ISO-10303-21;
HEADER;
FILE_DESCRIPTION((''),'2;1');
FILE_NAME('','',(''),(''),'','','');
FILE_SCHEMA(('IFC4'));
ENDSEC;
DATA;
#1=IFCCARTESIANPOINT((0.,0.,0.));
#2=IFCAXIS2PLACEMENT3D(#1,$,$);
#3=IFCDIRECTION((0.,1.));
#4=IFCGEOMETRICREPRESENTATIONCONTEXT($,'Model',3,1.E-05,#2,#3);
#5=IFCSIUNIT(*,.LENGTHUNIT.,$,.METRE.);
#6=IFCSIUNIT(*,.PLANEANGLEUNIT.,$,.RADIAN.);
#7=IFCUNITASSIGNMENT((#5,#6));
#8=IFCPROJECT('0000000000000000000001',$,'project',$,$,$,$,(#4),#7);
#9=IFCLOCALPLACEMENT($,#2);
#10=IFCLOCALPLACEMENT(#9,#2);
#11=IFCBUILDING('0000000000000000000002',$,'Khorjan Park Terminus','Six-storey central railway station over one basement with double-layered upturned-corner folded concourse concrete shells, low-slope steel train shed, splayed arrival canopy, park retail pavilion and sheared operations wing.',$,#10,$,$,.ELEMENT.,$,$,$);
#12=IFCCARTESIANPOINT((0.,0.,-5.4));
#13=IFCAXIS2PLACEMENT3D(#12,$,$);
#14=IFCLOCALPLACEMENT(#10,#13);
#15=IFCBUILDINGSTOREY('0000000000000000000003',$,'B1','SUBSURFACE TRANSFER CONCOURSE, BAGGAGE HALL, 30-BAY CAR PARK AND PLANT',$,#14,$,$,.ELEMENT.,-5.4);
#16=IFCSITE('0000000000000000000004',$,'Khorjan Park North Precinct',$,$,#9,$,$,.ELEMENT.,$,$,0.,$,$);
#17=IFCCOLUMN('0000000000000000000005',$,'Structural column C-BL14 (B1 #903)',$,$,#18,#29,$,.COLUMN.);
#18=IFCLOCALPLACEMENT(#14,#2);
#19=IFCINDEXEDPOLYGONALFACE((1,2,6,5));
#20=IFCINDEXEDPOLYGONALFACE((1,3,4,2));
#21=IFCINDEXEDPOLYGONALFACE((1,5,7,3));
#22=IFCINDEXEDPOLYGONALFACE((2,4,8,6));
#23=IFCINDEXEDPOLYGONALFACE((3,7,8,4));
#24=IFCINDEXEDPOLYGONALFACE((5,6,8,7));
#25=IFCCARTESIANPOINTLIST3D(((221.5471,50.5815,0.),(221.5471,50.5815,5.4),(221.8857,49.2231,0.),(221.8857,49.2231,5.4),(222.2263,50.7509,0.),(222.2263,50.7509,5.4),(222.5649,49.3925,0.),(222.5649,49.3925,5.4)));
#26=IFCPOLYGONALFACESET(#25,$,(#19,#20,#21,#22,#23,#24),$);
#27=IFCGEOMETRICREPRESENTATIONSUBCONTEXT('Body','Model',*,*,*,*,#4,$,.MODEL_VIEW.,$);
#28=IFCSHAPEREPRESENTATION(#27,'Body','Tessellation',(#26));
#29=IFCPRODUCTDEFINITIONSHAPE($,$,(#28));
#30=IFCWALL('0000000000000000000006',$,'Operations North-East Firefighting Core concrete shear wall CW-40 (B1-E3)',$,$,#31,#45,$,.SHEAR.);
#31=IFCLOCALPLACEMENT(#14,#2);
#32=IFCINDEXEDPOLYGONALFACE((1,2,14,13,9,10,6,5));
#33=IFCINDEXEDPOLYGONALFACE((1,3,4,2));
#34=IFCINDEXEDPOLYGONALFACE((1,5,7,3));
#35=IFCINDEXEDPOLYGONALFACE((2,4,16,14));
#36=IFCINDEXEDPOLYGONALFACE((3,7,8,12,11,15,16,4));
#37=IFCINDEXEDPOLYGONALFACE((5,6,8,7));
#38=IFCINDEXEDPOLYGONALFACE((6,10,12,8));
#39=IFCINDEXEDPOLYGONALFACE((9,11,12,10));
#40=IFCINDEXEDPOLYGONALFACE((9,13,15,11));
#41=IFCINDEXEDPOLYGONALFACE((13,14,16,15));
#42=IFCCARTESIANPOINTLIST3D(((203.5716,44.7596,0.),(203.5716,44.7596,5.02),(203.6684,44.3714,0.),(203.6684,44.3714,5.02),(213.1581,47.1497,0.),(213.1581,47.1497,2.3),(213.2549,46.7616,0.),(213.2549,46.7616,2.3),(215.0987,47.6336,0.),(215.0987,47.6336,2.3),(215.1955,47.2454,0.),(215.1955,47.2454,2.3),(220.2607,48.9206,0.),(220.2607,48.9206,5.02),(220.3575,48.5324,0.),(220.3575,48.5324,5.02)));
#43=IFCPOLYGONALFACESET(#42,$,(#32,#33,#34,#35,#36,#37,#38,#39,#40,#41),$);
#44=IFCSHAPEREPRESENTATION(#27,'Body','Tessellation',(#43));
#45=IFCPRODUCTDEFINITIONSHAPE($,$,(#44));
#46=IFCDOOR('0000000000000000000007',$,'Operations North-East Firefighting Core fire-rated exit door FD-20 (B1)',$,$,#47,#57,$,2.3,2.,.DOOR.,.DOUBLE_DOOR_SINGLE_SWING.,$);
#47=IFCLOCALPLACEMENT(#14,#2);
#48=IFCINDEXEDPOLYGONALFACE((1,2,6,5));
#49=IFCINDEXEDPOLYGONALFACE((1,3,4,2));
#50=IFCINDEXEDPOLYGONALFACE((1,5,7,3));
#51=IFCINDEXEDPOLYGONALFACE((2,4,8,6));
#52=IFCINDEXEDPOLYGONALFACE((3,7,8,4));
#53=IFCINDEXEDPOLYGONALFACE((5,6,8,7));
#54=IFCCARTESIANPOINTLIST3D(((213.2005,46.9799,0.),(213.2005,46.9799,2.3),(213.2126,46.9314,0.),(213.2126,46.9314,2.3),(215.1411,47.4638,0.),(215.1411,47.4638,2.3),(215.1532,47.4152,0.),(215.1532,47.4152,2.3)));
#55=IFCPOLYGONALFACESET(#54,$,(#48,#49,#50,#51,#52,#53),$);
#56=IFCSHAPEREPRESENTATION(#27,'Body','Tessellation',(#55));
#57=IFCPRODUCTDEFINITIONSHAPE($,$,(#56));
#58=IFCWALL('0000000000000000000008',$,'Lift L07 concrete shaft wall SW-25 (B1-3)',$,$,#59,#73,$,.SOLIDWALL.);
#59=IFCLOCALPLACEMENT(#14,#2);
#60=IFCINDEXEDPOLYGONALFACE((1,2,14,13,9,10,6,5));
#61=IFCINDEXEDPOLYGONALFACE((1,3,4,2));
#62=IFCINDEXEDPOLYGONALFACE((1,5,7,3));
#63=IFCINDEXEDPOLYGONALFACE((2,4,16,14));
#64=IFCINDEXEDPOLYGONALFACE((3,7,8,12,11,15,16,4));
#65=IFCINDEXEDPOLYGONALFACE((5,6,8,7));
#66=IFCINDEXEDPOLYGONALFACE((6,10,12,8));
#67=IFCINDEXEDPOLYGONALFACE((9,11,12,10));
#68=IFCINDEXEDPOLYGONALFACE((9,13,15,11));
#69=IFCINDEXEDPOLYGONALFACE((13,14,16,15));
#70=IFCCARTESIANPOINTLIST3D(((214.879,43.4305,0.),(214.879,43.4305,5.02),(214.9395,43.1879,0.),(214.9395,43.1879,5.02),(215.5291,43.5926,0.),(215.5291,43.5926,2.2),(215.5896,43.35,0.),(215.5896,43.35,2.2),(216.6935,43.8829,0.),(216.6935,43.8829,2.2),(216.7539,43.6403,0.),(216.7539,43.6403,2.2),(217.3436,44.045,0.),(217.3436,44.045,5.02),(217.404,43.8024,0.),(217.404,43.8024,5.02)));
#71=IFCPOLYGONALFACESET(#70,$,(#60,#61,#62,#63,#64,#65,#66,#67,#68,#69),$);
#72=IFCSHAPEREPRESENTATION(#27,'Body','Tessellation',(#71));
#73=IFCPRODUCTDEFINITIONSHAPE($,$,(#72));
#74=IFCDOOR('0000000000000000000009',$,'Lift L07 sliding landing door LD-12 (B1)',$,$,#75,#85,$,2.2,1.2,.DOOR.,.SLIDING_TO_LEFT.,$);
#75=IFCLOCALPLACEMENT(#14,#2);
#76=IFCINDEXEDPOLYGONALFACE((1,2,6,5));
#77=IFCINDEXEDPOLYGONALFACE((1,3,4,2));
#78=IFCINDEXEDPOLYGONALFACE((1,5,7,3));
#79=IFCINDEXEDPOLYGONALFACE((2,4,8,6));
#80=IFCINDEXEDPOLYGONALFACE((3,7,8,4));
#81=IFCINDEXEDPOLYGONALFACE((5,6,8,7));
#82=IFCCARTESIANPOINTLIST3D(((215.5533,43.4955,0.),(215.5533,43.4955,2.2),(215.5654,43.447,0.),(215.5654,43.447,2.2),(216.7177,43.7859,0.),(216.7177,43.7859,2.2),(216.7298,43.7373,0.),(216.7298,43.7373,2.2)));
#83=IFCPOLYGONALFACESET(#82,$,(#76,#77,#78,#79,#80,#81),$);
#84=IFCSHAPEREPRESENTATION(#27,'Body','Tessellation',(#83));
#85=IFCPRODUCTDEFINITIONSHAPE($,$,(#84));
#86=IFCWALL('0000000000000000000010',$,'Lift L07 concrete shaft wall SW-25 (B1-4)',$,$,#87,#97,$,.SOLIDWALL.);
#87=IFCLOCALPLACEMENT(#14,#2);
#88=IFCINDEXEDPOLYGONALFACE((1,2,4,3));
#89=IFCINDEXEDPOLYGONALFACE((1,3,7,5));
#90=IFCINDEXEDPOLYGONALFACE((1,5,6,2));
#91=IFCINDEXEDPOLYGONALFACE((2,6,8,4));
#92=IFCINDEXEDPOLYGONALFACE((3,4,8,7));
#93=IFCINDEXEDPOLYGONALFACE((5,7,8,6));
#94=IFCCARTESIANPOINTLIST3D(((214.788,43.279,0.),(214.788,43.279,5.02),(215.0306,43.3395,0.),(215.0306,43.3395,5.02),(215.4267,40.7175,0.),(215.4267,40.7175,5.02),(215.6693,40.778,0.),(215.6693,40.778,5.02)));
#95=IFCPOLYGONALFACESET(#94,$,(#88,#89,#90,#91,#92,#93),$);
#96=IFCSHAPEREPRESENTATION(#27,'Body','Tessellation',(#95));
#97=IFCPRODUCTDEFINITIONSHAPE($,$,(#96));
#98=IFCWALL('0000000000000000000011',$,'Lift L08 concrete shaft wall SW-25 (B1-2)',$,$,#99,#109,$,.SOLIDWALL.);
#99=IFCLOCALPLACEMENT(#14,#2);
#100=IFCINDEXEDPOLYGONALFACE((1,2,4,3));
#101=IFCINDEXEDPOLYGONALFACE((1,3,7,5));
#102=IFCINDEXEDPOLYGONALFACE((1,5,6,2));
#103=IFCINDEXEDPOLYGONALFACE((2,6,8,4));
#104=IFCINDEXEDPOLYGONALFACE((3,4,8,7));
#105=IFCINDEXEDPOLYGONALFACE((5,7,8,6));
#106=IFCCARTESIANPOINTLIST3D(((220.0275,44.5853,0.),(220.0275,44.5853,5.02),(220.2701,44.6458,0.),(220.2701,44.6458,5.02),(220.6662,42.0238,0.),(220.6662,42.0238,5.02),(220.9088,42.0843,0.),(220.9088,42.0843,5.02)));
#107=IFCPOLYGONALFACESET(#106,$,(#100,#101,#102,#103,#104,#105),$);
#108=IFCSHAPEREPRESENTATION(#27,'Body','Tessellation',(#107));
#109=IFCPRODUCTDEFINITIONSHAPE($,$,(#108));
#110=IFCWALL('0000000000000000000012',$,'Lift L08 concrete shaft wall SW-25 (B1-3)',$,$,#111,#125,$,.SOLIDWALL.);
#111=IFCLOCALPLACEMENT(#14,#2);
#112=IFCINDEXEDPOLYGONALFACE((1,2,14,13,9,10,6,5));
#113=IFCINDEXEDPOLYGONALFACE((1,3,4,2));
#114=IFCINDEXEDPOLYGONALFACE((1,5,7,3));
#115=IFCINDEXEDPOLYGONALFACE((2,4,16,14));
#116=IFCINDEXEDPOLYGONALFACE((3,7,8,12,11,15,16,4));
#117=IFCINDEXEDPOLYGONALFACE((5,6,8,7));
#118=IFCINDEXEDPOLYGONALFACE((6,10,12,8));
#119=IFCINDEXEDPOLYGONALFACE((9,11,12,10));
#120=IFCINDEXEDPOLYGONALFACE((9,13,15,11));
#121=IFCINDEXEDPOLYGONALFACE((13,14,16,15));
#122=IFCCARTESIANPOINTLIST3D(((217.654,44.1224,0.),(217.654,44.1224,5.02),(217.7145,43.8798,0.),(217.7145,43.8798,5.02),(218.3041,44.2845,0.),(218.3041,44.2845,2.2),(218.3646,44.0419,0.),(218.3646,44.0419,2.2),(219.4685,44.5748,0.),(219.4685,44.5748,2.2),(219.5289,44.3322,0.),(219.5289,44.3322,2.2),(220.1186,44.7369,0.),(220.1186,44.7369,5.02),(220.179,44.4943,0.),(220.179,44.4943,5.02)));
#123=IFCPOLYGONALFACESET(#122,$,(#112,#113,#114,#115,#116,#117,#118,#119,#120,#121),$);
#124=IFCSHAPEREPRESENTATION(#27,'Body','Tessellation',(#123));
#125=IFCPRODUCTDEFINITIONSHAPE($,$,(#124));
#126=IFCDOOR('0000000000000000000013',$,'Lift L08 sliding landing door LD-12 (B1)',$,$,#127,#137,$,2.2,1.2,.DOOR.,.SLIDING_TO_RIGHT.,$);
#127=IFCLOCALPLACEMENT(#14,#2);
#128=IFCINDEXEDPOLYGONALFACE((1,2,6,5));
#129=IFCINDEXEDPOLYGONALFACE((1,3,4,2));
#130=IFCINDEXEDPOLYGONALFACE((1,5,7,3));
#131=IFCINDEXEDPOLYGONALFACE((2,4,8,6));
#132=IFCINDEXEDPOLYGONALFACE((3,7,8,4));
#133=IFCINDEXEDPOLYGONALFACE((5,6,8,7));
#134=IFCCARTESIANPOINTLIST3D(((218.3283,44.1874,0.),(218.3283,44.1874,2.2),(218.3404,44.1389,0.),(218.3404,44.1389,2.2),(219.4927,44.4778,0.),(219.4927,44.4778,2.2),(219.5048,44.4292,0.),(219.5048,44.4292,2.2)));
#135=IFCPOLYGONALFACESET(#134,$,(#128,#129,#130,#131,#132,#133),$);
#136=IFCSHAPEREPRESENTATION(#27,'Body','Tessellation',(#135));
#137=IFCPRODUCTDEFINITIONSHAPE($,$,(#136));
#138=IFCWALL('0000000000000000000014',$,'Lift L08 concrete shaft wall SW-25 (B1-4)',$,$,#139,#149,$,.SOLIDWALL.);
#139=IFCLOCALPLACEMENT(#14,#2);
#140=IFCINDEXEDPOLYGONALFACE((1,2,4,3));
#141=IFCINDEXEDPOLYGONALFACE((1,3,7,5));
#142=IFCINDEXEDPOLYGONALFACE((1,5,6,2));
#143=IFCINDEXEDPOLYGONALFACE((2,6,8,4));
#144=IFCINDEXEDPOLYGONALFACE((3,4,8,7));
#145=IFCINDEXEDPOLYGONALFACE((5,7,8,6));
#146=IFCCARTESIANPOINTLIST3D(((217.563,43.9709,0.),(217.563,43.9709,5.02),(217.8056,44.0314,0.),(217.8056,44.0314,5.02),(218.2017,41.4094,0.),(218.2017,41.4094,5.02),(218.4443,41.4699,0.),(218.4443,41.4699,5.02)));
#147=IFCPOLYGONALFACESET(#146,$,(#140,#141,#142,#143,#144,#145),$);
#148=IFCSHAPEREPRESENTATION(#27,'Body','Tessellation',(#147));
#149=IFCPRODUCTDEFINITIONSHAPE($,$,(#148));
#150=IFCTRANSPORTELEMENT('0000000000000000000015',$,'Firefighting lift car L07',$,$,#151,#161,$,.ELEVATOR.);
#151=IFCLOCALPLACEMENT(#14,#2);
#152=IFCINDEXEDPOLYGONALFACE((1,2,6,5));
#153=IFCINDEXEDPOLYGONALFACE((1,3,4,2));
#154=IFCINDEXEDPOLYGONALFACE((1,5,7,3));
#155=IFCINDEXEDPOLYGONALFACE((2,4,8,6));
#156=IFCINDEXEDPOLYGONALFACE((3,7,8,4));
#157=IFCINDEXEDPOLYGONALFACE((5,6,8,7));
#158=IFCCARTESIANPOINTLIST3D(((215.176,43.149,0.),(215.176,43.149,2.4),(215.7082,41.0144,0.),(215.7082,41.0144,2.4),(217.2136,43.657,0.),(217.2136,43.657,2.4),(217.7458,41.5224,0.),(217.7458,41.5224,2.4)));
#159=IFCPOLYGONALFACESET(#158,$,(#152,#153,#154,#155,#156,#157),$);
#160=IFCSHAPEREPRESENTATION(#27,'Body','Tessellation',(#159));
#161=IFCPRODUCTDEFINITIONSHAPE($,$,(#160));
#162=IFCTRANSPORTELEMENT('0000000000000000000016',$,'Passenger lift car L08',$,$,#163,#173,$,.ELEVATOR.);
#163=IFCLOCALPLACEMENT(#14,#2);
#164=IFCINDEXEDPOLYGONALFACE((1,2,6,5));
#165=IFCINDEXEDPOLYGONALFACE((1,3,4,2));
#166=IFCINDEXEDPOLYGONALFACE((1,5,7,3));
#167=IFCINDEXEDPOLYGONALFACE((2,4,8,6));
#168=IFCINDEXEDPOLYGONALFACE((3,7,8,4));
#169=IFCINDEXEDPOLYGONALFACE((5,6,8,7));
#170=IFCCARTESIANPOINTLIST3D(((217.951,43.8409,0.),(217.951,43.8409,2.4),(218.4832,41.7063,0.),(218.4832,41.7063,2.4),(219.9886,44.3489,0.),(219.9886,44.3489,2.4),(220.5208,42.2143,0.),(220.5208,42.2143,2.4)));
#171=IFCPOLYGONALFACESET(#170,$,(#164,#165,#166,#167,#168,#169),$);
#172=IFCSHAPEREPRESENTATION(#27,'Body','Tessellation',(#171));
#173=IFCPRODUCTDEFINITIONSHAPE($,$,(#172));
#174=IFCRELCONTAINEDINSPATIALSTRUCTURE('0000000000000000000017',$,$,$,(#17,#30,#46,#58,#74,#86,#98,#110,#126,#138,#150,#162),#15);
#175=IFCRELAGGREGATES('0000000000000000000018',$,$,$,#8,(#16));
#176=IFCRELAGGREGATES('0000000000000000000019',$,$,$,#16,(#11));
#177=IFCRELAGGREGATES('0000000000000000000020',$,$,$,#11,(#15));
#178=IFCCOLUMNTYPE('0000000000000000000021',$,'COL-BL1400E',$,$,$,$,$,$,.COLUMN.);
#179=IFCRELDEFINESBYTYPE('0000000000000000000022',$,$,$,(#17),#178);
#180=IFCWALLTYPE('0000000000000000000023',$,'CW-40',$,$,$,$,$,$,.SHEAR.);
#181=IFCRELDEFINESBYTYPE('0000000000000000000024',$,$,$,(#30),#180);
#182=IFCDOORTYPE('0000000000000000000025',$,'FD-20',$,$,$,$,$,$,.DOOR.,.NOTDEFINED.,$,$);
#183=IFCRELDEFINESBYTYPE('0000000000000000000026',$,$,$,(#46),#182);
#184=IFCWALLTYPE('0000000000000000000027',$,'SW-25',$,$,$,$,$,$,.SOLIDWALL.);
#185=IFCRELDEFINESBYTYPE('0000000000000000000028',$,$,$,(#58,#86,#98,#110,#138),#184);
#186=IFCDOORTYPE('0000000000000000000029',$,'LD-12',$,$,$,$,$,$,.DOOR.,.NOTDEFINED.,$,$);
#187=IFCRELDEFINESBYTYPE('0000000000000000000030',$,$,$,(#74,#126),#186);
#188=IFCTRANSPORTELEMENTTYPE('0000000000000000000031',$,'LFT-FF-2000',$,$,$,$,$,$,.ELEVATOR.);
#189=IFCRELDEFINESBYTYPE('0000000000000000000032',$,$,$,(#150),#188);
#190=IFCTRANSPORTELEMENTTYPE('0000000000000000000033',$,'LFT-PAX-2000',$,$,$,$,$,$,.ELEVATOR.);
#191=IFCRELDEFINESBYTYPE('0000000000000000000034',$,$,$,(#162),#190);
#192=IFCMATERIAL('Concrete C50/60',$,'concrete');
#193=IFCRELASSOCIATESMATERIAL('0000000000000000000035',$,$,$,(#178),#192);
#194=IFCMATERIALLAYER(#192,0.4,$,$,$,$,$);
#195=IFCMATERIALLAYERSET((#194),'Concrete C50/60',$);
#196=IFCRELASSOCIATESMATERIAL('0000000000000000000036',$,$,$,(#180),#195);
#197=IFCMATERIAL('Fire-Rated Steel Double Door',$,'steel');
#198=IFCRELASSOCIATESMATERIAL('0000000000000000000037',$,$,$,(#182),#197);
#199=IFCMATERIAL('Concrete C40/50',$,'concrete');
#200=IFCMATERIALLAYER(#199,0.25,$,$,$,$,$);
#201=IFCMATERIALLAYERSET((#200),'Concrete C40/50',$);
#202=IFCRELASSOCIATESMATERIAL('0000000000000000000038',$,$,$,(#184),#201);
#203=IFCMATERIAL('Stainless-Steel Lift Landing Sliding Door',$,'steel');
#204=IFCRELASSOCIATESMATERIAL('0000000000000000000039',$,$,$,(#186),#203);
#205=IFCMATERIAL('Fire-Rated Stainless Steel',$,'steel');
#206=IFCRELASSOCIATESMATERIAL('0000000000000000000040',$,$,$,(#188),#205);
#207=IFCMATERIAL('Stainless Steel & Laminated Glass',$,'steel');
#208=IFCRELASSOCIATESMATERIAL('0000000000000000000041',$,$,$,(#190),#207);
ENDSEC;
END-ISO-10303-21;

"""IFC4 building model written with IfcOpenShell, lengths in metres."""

from ifc_helpers import new_model, si_unit, direction, frame, frame_2d, origin, origin_2d, place, context, subcontext, project, spatial, rectangle, extrude, material, layer, layer_set, material_profile, profile_set, type_object, element, fill, save


model = new_model("IFC4")

# Units and contexts
model_context = context("Model", 3, precision=1e-05, world=origin(), true_north=direction((0.0, 1.0)))
body_context = subcontext(model_context, "Body", "Model", "MODEL_VIEW")
ifc_project = project(units=[si_unit("LENGTHUNIT", "METRE"), si_unit("PLANEANGLEUNIT", "RADIAN")], contexts=[model_context])

# Site, building, storey
site_placement = place(None, origin())
site = spatial("IfcSite", under=ifc_project, at=site_placement, Name="Khorjan Park North Precinct", CompositionType="ELEMENT", RefElevation=0.0)
building_placement = place(site_placement, origin())
building = spatial("IfcBuilding", under=site, at=building_placement, Name="Khorjan Park Terminus", Description="Six-storey central railway station over one basement with double-layered upturned-corner folded concourse concrete shells, low-slope steel train shed, splayed arrival canopy, park retail pavilion and sheared operations wing.", CompositionType="ELEMENT")
storey_placement = place(building_placement, frame((0.0, 0.0, -5.4)))
storey = spatial("IfcBuildingStorey", under=building, at=storey_placement, Name="B1", Description="SUBSURFACE TRANSFER CONCOURSE, BAGGAGE HALL, 30-BAY CAR PARK AND PLANT", CompositionType="ELEMENT", Elevation=-5.4)

# Shared definitions
ifc_material_1 = material(Name="Concrete C40/50", Category="concrete")

# Column
ifc_material_2 = material(Name="Concrete C50/60", Category="concrete")
ifc_material_profile_1 = material_profile(ifc_material_2, rectangle(XDim=0.7, YDim=1.4, at=origin_2d()), Name="RC 700x1400")
ifc_profile_set_1 = profile_set([ifc_material_profile_1], Name="Concrete C50/60")
column_type = type_object("IfcColumnType", Name="COL-BL1400E", PredefinedType="COLUMN", material=ifc_profile_set_1)
column_placement = place(storey_placement, frame((222.056, 49.987, 0.0), z_axis=(0.0, 0.0, 1.0), x_axis=(0.970296, 0.241922, 0.0)))
element("IfcColumn", 1, at=column_placement, inside=storey, type_object=column_type, Name="Structural column C-BL14 (B1 #903)", PredefinedType="COLUMN", context=body_context, shape_type="SweptSolid", body=[
    extrude(rectangle(XDim=0.7, YDim=1.4, at=origin_2d()), origin(), (0.0, 0.0, 1.0), 5.4),
])

# Walls, openings, doors
ifc_layer_1 = layer(ifc_material_2, 0.4)
ifc_layer_set_1 = layer_set([ifc_layer_1], Name="Concrete C50/60")
wall_type_1 = type_object("IfcWallType", Name="CW-40", PredefinedType="SHEAR", material=ifc_layer_set_1)
wall_1_placement = place(storey_placement, frame((220.3091, 48.7265, 0.0), z_axis=(0.0, 0.0, 1.0), x_axis=(-0.970297, -0.241919, 0.0)))
wall_1 = element("IfcWall", 2, at=wall_1_placement, inside=storey, type_object=wall_type_1, Name="Operations North-East Firefighting Core concrete shear wall CW-40 (B1-E3)", PredefinedType="SHEAR", context=body_context, shape_type="SweptSolid", body=[
    extrude(rectangle(XDim=17.2, YDim=0.4, at=frame_2d((8.6, 0.0))), origin(), (0.0, 0.0, 1.0), 5.02),
])
opening_1_placement = place(wall_1_placement, frame((5.32, 0.0, 0.0)))
opening_1 = element("IfcOpeningElement", 3, at=opening_1_placement, cuts=wall_1, PredefinedType="OPENING", context=body_context, shape_type="SweptSolid", body=[
    extrude(rectangle(XDim=2.0, YDim=2.3, at=frame_2d((1.0, 1.15))), frame((0.0, 0.21, 0.0), z_axis=(0.0, -1.0, 0.0), x_axis=(1.0, 0.0, 0.0)), (0.0, 0.0, 1.0), 0.42),
])
ifc_material_3 = material(Name="Fire-Rated Steel Double Door", Category="steel")
door_type_1 = type_object("IfcDoorType", Name="FD-20", OperationType="NOTDEFINED", PredefinedType="DOOR", material=ifc_material_3)
door_1_placement = place(opening_1_placement, origin())
door_1 = element("IfcDoor", 4, at=door_1_placement, inside=storey, type_object=door_type_1, Name="Operations North-East Firefighting Core fire-rated exit door FD-20 (B1)", OperationType="DOUBLE_DOOR_SINGLE_SWING", OverallHeight=2.3, OverallWidth=2.0, PredefinedType="DOOR", context=body_context, shape_type="SweptSolid", body=[
    extrude(rectangle(XDim=2.0, YDim=2.3, at=frame_2d((1.0, 1.15))), frame((0.0, 0.025, 0.0), z_axis=(0.0, -1.0, 0.0), x_axis=(1.0, 0.0, 0.0)), (0.0, 0.0, 1.0), 0.05),
])
fill(opening_1, door_1)
ifc_layer_2 = layer(ifc_material_1, 0.25)
ifc_layer_set_2 = layer_set([ifc_layer_2], Name="Concrete C40/50")
wall_type_2 = type_object("IfcWallType", Name="SW-25", PredefinedType="SOLIDWALL", material=ifc_layer_set_2)
wall_2_placement = place(storey_placement, frame((217.3738, 43.9237, 0.0), z_axis=(0.0, 0.0, 1.0), x_axis=(-0.970293, -0.241933, 0.0)))
wall_2 = element("IfcWall", 5, at=wall_2_placement, inside=storey, type_object=wall_type_2, Name="Lift L07 concrete shaft wall SW-25 (B1-3)", PredefinedType="SOLIDWALL", context=body_context, shape_type="SweptSolid", body=[
    extrude(rectangle(XDim=2.54, YDim=0.25, at=frame_2d((1.27, 0.0))), origin(), (0.0, 0.0, 1.0), 5.02),
])
opening_2_placement = place(wall_2_placement, frame((0.67, 0.0, 0.0)))
opening_2 = element("IfcOpeningElement", 6, at=opening_2_placement, cuts=wall_2, PredefinedType="OPENING", context=body_context, shape_type="SweptSolid", body=[
    extrude(rectangle(XDim=1.2, YDim=2.2, at=frame_2d((0.6, 1.1))), frame((0.0, 0.135, 0.0), z_axis=(0.0, -1.0, 0.0), x_axis=(1.0, 0.0, 0.0)), (0.0, 0.0, 1.0), 0.27),
])
ifc_material_4 = material(Name="Stainless-Steel Lift Landing Sliding Door", Category="steel")
door_type_2 = type_object("IfcDoorType", Name="LD-12", OperationType="NOTDEFINED", PredefinedType="DOOR", material=ifc_material_4)
door_2_placement = place(opening_2_placement, origin())
door_2 = element("IfcDoor", 7, at=door_2_placement, inside=storey, type_object=door_type_2, Name="Lift L07 sliding landing door LD-12 (B1)", OperationType="SLIDING_TO_LEFT", OverallHeight=2.2, OverallWidth=1.2, PredefinedType="DOOR", context=body_context, shape_type="SweptSolid", body=[
    extrude(rectangle(XDim=1.2, YDim=2.2, at=frame_2d((0.6, 1.1))), frame((0.0, 0.025, 0.0), z_axis=(0.0, -1.0, 0.0), x_axis=(1.0, 0.0, 0.0)), (0.0, 0.0, 1.0), 0.05),
])
fill(opening_2, door_2)

# Walls
for number, where, z_axis, x_axis, name in (
    (8, (214.9093, 43.3092, 0.0), (0.0, 0.0, 1.0), (0.241938, -0.970292, 0.0), "Lift L07 concrete shaft wall SW-25 (B1-4)"),
    (9, (220.7875, 42.0541, 0.0), (0.0, 0.0, 1.0), (-0.241938, 0.970292, 0.0), "Lift L08 concrete shaft wall SW-25 (B1-2)"),
):
    element("IfcWall", number, at=place(storey_placement, frame(where, z_axis=z_axis, x_axis=x_axis)), inside=storey, type_object=wall_type_2, Name=name, PredefinedType="SOLIDWALL", context=body_context, shape_type="SweptSolid", body=[
        extrude(rectangle(XDim=2.6399, YDim=0.25, at=frame_2d((1.3199, 0.0))), origin(), (0.0, 0.0, 1.0), 5.02),
    ])

# Wall, opening, door
wall_3_placement = place(storey_placement, frame((220.1488, 44.6156, 0.0), z_axis=(0.0, 0.0, 1.0), x_axis=(-0.970293, -0.241933, 0.0)))
wall_3 = element("IfcWall", 10, at=wall_3_placement, inside=storey, type_object=wall_type_2, Name="Lift L08 concrete shaft wall SW-25 (B1-3)", PredefinedType="SOLIDWALL", context=body_context, shape_type="SweptSolid", body=[
    extrude(rectangle(XDim=2.54, YDim=0.25, at=frame_2d((1.27, 0.0))), origin(), (0.0, 0.0, 1.0), 5.02),
])
opening_3_placement = place(wall_3_placement, frame((0.67, 0.0, 0.0)))
opening_3 = element("IfcOpeningElement", 11, at=opening_3_placement, cuts=wall_3, PredefinedType="OPENING", context=body_context, shape_type="SweptSolid", body=[
    extrude(rectangle(XDim=1.2, YDim=2.2, at=frame_2d((0.6, 1.1))), frame((0.0, 0.135, 0.0), z_axis=(0.0, -1.0, 0.0), x_axis=(1.0, 0.0, 0.0)), (0.0, 0.0, 1.0), 0.27),
])
door_3_placement = place(opening_3_placement, origin())
door_3 = element("IfcDoor", 12, at=door_3_placement, inside=storey, type_object=door_type_2, Name="Lift L08 sliding landing door LD-12 (B1)", OperationType="SLIDING_TO_RIGHT", OverallHeight=2.2, OverallWidth=1.2, PredefinedType="DOOR", context=body_context, shape_type="SweptSolid", body=[
    extrude(rectangle(XDim=1.2, YDim=2.2, at=frame_2d((0.6, 1.1))), frame((0.0, 0.025, 0.0), z_axis=(0.0, -1.0, 0.0), x_axis=(1.0, 0.0, 0.0)), (0.0, 0.0, 1.0), 0.05),
])
fill(opening_3, door_3)

# Wall
wall_4_placement = place(storey_placement, frame((217.6843, 44.0011, 0.0), z_axis=(0.0, 0.0, 1.0), x_axis=(0.241938, -0.970292, 0.0)))
element("IfcWall", 13, at=wall_4_placement, inside=storey, type_object=wall_type_2, Name="Lift L08 concrete shaft wall SW-25 (B1-4)", PredefinedType="SOLIDWALL", context=body_context, shape_type="SweptSolid", body=[
    extrude(rectangle(XDim=2.6399, YDim=0.25, at=frame_2d((1.3199, 0.0))), origin(), (0.0, 0.0, 1.0), 5.02),
])

# Transport elements
ifc_material_5 = material(Name="Fire-Rated Stainless Steel", Category="steel")
transport_element_type_1 = type_object("IfcTransportElementType", Name="LFT-FF-2000", PredefinedType="ELEVATOR", material=ifc_material_5)
transport_element_1_placement = place(storey_placement, frame((216.4609, 42.3357, 0.0), z_axis=(0.0, 0.0, 1.0), x_axis=(0.970296, 0.241922, 0.0)))
element("IfcTransportElement", 14, at=transport_element_1_placement, inside=storey, type_object=transport_element_type_1, Name="Firefighting lift car L07", PredefinedType="ELEVATOR", context=body_context, shape_type="SweptSolid", body=[
    extrude(rectangle(XDim=2.1, YDim=2.2, at=origin_2d()), origin(), (0.0, 0.0, 1.0), 2.4),
])
ifc_material_6 = material(Name="Stainless Steel & Laminated Glass", Category="steel")
transport_element_type_2 = type_object("IfcTransportElementType", Name="LFT-PAX-2000", PredefinedType="ELEVATOR", material=ifc_material_6)
transport_element_2_placement = place(storey_placement, frame((219.2359, 43.0276, 0.0), z_axis=(0.0, 0.0, 1.0), x_axis=(0.970296, 0.241922, 0.0)))
element("IfcTransportElement", 15, at=transport_element_2_placement, inside=storey, type_object=transport_element_type_2, Name="Passenger lift car L08", PredefinedType="ELEVATOR", context=body_context, shape_type="SweptSolid", body=[
    extrude(rectangle(XDim=2.1, YDim=2.2, at=origin_2d()), origin(), (0.0, 0.0, 1.0), 2.4),
])

save(model, "model.ifc")
